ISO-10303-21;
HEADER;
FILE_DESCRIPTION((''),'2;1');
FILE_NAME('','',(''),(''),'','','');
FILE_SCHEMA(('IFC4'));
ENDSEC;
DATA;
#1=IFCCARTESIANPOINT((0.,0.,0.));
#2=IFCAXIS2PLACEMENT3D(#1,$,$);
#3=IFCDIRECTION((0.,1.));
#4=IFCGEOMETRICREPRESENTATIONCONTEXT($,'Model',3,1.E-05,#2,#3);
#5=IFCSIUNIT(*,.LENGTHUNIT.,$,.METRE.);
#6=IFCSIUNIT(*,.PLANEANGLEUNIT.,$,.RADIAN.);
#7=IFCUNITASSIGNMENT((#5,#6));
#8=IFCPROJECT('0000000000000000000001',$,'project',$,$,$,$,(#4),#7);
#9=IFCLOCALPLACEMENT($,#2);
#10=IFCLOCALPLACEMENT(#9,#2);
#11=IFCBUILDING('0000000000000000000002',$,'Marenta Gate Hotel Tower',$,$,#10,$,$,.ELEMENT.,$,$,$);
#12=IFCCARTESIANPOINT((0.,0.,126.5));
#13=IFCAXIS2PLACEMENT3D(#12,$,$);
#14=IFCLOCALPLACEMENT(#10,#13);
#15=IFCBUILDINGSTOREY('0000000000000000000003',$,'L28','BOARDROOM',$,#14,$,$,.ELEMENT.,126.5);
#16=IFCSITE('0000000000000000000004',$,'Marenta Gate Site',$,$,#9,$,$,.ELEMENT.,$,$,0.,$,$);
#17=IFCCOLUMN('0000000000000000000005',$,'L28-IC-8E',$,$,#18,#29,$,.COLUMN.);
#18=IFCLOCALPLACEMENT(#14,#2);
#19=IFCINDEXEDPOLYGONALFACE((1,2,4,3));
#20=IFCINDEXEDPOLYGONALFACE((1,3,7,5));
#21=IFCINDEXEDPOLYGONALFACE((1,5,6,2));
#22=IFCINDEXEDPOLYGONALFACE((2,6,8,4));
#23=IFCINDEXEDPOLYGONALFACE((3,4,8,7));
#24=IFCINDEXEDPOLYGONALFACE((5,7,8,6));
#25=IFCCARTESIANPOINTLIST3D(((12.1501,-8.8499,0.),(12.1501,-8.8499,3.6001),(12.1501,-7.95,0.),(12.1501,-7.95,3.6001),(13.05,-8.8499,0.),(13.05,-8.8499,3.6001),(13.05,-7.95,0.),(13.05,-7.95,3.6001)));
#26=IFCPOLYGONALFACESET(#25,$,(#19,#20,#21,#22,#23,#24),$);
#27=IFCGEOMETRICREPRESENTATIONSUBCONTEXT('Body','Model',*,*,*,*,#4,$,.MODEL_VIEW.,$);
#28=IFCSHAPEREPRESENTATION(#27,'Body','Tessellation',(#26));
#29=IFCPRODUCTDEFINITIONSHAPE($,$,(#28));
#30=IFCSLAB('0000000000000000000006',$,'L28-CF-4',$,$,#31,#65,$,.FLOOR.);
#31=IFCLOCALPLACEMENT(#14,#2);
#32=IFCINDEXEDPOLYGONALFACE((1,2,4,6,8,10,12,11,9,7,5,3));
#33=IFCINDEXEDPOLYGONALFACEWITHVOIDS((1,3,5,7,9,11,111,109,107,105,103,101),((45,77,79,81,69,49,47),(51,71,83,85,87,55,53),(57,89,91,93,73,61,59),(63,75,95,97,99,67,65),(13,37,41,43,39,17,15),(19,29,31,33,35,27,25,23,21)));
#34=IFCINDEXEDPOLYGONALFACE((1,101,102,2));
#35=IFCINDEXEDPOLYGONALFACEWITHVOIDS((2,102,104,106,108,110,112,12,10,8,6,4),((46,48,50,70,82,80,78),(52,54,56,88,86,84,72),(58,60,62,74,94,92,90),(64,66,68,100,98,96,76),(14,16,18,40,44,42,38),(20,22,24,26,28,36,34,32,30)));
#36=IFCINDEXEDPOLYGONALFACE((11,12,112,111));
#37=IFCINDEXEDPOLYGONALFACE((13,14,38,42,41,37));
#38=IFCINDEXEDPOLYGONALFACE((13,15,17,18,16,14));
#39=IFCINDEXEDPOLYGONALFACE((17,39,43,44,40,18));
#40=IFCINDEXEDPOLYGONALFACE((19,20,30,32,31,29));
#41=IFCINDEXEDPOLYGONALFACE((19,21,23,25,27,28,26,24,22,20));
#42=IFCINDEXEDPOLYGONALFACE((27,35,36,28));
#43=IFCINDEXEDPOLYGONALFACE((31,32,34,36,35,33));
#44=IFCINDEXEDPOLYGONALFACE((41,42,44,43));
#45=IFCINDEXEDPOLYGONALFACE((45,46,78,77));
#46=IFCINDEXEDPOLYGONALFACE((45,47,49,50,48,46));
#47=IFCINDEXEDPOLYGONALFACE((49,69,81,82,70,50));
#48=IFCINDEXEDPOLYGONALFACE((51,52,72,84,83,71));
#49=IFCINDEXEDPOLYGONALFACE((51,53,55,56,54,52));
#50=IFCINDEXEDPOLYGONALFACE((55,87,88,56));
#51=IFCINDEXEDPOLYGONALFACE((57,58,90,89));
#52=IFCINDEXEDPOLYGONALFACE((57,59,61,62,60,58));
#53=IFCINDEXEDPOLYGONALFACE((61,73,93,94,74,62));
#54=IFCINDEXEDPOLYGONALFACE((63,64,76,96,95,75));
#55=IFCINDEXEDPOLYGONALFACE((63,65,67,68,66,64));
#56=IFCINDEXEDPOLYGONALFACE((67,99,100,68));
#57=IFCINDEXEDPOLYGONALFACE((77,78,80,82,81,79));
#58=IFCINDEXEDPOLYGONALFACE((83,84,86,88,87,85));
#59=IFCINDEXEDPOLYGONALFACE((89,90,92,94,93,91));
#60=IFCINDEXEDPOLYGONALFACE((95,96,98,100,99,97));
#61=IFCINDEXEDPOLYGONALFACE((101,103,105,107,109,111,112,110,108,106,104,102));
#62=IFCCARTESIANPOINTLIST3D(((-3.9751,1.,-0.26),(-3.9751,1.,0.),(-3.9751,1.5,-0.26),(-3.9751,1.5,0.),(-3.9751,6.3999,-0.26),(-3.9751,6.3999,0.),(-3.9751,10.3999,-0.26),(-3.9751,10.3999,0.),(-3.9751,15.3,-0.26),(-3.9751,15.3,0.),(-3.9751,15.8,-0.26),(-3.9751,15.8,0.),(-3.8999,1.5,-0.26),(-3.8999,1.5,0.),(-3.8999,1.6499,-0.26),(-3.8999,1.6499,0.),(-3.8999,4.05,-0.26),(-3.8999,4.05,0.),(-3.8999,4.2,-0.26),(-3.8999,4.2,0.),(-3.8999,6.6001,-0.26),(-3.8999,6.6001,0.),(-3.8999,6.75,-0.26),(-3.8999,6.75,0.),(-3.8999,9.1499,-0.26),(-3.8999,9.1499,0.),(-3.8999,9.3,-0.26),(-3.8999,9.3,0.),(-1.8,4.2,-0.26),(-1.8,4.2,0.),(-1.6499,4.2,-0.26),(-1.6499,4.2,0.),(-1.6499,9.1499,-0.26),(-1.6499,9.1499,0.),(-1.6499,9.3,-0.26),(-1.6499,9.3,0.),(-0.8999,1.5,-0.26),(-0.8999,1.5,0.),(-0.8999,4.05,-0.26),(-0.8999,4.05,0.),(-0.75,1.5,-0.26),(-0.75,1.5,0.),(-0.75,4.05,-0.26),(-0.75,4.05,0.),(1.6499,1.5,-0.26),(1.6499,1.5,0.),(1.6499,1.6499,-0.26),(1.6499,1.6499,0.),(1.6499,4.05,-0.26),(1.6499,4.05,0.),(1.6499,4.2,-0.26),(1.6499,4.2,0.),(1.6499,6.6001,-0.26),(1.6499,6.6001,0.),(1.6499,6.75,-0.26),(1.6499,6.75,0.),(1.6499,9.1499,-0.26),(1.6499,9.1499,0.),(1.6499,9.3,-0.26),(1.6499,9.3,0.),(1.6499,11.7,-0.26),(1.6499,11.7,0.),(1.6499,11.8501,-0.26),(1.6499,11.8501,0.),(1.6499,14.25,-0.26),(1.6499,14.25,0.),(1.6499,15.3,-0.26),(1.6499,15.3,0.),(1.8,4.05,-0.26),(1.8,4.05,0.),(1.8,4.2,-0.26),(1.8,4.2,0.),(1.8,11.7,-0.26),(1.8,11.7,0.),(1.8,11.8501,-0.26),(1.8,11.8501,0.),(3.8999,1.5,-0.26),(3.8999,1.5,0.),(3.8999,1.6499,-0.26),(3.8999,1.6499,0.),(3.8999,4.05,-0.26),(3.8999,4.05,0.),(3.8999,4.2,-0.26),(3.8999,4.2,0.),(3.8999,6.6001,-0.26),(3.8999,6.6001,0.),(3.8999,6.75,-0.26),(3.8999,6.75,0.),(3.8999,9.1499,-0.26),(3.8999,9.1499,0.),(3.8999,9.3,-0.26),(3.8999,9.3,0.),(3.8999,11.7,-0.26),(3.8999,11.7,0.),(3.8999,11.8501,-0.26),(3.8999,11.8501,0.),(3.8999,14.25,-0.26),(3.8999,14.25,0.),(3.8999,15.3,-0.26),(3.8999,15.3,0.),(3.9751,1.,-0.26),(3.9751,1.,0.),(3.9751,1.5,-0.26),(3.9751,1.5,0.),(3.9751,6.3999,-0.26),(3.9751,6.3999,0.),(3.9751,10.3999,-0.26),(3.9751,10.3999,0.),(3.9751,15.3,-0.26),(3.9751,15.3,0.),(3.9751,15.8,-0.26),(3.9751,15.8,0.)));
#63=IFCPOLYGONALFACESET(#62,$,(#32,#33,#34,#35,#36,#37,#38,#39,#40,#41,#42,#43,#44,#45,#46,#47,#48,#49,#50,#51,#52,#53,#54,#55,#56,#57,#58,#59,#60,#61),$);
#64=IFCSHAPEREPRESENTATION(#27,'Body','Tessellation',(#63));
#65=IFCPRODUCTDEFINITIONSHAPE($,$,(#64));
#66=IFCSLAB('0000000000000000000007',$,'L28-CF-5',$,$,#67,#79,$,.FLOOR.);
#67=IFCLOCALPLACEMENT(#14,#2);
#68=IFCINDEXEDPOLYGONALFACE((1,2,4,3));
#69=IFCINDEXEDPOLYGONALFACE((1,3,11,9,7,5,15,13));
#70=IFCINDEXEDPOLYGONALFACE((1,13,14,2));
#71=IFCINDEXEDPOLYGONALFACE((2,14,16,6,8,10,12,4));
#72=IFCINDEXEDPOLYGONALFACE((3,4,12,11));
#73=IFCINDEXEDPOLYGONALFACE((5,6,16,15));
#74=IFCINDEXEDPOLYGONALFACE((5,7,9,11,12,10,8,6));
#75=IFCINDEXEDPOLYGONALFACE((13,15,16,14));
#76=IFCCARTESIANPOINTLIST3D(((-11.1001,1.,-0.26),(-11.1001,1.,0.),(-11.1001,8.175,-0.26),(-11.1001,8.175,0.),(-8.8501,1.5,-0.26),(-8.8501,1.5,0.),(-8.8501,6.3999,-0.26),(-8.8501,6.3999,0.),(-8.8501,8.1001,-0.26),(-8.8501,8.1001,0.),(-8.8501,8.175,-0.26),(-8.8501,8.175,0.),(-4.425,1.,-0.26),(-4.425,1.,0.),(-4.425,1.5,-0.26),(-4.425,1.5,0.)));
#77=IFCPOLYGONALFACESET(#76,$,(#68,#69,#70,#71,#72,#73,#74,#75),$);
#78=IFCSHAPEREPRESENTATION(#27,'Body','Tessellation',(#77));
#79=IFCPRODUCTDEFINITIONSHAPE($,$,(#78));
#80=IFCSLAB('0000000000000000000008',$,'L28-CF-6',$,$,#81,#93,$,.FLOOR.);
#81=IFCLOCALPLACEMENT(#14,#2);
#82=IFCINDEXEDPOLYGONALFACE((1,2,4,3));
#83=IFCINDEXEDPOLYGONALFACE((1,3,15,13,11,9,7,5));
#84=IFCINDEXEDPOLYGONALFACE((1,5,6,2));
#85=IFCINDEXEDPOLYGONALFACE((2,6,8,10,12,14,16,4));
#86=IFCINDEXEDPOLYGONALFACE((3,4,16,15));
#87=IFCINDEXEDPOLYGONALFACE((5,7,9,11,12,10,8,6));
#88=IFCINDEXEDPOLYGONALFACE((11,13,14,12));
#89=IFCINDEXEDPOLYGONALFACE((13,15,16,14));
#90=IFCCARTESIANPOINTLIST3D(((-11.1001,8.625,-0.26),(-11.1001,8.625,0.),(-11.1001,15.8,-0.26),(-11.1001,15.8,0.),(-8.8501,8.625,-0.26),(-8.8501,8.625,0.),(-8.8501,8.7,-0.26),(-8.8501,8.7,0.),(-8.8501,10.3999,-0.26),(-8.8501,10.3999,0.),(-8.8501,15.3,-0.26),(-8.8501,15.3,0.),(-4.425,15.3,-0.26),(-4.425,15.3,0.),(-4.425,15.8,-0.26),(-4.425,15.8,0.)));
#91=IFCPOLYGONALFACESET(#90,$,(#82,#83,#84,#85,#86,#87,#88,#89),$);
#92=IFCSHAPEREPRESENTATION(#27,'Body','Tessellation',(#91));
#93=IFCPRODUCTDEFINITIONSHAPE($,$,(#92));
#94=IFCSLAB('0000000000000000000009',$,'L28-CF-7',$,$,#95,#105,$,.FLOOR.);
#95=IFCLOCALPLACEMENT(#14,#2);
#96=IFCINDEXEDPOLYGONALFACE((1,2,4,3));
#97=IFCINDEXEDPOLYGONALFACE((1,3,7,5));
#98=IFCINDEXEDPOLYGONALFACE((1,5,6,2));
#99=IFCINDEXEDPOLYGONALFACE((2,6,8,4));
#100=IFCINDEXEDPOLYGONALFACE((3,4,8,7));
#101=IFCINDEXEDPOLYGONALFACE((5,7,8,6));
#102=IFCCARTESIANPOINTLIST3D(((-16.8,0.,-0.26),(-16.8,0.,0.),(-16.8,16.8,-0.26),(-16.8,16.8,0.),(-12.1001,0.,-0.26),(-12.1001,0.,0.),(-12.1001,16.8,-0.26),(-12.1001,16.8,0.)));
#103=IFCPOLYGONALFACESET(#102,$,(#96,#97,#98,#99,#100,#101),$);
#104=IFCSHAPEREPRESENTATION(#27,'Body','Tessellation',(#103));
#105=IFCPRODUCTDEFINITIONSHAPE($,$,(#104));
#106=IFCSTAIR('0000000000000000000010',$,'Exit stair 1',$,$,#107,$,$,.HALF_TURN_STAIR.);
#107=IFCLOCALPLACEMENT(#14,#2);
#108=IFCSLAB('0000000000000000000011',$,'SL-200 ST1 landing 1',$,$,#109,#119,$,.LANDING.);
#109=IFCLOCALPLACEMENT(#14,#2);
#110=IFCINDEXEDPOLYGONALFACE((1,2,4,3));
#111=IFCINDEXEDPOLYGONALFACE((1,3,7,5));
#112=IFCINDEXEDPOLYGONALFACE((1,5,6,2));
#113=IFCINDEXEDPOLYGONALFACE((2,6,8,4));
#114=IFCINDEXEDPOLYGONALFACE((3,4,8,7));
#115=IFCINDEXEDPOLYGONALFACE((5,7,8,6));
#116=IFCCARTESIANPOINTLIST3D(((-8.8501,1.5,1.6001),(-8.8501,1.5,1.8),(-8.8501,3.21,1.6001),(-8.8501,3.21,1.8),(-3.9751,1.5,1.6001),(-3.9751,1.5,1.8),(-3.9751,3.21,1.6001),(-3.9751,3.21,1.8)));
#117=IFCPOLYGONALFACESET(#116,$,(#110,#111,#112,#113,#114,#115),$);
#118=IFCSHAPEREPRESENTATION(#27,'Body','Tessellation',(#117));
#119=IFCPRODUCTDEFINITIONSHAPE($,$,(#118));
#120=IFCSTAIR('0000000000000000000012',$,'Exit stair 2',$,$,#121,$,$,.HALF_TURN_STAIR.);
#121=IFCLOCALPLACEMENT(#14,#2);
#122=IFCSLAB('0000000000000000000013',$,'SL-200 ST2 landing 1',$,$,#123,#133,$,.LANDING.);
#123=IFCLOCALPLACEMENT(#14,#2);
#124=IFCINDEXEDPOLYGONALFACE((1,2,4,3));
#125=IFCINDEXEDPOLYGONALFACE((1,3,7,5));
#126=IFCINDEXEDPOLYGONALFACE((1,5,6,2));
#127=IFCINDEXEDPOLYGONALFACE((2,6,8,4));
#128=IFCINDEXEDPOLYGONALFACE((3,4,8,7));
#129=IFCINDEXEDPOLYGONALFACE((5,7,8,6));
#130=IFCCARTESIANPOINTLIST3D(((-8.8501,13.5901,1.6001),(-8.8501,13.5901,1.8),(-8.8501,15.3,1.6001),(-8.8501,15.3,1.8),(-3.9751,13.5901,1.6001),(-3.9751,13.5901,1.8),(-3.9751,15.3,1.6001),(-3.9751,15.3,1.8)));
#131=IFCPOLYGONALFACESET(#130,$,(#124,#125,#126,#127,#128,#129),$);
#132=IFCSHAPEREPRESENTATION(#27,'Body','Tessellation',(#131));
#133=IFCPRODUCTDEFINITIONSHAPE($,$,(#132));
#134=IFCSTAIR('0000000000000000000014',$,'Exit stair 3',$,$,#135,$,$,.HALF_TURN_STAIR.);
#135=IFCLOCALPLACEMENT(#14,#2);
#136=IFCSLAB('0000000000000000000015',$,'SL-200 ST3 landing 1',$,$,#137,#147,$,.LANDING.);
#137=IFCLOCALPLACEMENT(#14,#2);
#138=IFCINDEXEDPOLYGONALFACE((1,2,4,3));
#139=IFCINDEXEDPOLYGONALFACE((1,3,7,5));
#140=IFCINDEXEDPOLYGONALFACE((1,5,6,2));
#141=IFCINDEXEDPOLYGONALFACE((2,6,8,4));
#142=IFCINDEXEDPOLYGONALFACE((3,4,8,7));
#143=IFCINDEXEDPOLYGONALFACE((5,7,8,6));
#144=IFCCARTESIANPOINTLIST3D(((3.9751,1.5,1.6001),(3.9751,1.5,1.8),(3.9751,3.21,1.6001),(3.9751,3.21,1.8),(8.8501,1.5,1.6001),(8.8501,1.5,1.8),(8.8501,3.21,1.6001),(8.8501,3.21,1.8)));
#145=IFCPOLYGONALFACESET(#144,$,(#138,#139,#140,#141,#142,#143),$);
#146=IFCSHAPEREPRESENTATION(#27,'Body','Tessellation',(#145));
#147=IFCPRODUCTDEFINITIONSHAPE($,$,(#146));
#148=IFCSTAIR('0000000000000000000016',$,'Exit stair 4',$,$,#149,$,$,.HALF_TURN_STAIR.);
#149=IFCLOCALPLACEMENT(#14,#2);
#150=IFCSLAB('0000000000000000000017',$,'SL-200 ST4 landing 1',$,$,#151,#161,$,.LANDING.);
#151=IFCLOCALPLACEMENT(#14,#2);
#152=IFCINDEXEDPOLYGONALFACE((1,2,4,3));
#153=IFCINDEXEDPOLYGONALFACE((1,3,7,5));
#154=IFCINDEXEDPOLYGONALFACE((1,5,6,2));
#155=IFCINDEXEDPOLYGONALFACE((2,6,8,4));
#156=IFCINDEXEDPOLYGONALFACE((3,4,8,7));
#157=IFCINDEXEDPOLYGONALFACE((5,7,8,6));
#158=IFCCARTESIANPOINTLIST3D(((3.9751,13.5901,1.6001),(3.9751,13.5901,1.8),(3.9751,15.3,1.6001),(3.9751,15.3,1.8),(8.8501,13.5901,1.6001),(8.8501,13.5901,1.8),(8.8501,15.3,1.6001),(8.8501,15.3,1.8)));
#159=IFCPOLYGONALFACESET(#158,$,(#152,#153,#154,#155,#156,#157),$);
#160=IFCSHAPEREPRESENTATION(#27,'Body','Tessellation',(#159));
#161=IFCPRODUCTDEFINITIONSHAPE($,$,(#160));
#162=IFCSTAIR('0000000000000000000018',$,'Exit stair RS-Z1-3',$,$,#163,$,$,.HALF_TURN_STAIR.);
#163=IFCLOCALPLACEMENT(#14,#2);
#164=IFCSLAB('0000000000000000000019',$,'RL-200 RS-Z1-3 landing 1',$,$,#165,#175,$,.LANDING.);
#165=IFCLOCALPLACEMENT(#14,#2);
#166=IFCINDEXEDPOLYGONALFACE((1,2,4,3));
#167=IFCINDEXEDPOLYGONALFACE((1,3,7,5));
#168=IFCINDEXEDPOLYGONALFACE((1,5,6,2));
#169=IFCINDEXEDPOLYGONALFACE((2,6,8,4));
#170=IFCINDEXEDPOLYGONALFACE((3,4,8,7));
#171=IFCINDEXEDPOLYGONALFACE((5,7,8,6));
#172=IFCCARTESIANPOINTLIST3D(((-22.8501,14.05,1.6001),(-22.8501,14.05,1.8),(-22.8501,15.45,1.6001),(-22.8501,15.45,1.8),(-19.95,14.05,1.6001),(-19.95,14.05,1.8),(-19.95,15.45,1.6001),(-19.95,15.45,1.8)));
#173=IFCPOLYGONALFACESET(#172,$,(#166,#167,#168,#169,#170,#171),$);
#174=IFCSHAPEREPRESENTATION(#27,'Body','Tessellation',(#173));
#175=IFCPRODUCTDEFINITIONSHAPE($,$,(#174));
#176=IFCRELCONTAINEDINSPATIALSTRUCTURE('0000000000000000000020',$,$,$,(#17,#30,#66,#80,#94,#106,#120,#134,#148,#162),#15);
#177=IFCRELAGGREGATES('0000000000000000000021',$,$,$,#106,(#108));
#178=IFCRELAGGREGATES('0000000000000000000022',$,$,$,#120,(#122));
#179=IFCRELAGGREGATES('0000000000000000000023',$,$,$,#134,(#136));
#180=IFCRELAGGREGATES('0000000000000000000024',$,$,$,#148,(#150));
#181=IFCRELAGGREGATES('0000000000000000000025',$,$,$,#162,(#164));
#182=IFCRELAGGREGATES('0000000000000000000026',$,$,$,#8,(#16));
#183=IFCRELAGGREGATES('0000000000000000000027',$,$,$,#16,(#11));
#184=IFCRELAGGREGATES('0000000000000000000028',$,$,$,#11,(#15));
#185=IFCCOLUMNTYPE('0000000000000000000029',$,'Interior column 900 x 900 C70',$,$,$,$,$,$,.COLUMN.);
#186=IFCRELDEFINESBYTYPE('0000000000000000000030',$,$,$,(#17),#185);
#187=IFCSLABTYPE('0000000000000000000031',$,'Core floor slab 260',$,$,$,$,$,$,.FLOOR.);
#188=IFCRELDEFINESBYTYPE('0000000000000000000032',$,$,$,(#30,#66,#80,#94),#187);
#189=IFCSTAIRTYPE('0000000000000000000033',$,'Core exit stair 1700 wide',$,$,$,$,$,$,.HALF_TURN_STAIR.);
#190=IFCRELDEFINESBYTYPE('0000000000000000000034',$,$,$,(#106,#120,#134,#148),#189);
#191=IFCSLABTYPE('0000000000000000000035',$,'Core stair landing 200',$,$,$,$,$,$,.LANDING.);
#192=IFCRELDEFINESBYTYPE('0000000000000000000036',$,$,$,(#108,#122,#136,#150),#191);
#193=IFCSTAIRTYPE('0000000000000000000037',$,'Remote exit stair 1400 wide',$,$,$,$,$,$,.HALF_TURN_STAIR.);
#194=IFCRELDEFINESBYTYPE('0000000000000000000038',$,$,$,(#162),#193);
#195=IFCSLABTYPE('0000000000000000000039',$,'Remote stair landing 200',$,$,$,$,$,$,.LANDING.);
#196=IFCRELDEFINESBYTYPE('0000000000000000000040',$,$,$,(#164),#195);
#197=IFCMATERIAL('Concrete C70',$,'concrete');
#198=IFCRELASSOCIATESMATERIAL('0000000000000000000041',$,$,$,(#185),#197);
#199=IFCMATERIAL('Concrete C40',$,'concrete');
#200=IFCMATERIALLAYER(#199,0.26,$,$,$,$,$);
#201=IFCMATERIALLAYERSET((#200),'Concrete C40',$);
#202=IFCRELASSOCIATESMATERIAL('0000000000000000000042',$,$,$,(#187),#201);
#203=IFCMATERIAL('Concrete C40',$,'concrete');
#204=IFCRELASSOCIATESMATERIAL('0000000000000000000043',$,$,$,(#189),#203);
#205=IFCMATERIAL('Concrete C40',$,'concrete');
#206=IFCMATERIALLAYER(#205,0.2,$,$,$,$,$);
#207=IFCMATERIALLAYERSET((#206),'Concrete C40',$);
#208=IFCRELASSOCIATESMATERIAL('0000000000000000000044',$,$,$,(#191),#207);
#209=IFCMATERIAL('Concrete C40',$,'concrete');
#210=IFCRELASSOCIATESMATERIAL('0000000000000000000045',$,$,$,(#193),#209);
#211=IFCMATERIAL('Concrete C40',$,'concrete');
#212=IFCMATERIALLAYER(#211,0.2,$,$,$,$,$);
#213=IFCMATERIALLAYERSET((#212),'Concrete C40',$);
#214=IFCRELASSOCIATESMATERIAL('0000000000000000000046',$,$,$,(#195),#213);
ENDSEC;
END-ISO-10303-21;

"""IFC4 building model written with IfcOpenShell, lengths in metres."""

from ifc_helpers import new_model, si_unit, direction, frame, origin, origin_2d, place, context, subcontext, project, spatial, polyline, rectangle, outline, extrude, material, layer, layer_set, material_profile, profile_set, type_object, element, aggregate, save


model = new_model("IFC4")

# Units and contexts
model_context = context("Model", 3, precision=1e-05, world=origin(), true_north=direction((0.0, 1.0)))
body_context = subcontext(model_context, "Body", "Model", "MODEL_VIEW")
ifc_project = project(units=[si_unit("LENGTHUNIT", "METRE"), si_unit("PLANEANGLEUNIT", "RADIAN")], contexts=[model_context])

# Site, building, storey
site_placement = place(None, origin())
site = spatial("IfcSite", under=ifc_project, at=site_placement, Name="Marenta Gate Site", CompositionType="ELEMENT", RefElevation=0.0)
building_placement = place(site_placement, origin())
building = spatial("IfcBuilding", under=site, at=building_placement, Name="Marenta Gate Hotel Tower", CompositionType="ELEMENT")
storey_placement = place(building_placement, frame((0.0, 0.0, 126.5)))
storey = spatial("IfcBuildingStorey", under=building, at=storey_placement, Name="L28", Description="BOARDROOM", CompositionType="ELEMENT", Elevation=126.5)

# Column
ifc_material_1 = material(Name="Concrete C70", Category="concrete")
ifc_material_profile = material_profile(ifc_material_1, rectangle(XDim=0.8999, YDim=0.8999, at=origin_2d()), Name="900 x 900")
ifc_profile_set = profile_set([ifc_material_profile], Name="Concrete C70")
column_type = type_object("IfcColumnType", Name="Interior column 900 x 900 C70", PredefinedType="COLUMN", material=ifc_profile_set)
column_placement = place(storey_placement, frame((12.6001, -8.3999, 0.0), z_axis=(0.0, 0.0, 1.0), x_axis=(1.0, 0.0, 0.0)))
element("IfcColumn", 1, at=column_placement, inside=storey, type_object=column_type, Name="L28-IC-8E", PredefinedType="COLUMN", context=body_context, shape_type="SweptSolid", body=[
    extrude(rectangle(XDim=0.8999, YDim=0.8999, at=origin_2d()), origin(), (0.0, 0.0, 1.0), 3.6001),
])

# Slabs
ifc_material_2 = material(Name="Concrete C40", Category="concrete")
ifc_layer_1 = layer(ifc_material_2, 0.26)
ifc_layer_set_1 = layer_set([ifc_layer_1], Name="Concrete C40")
slab_type_1 = type_object("IfcSlabType", Name="Core floor slab 260", PredefinedType="FLOOR", material=ifc_layer_set_1)
slab_1_placement = place(storey_placement, frame((0.0, 0.0, -0.26)))
element("IfcSlab", 2, at=slab_1_placement, inside=storey, type_object=slab_type_1, Name="L28-CF-4", PredefinedType="FLOOR", context=body_context, shape_type="SweptSolid", body=[
    extrude(outline(polyline([(3.9751, 15.3), (3.9751, 10.3999), (3.9751, 6.3999), (3.9751, 1.5), (3.9751, 1.0), (-3.9751, 1.0), (-3.9751, 1.5), (-3.9751, 6.3999), (-3.9751, 10.3999), (-3.9751, 15.3), (-3.9751, 15.8), (3.9751, 15.8), (3.9751, 15.3)]), holes=[polyline([(1.6499, 1.5), (3.8999, 1.5), (3.8999, 1.6499), (3.8999, 4.05), (1.8, 4.05), (1.6499, 4.05), (1.6499, 1.6499), (1.6499, 1.5)]), polyline([(1.6499, 6.6001), (1.6499, 4.2), (1.8, 4.2), (3.8999, 4.2), (3.8999, 6.6001), (3.8999, 6.75), (1.6499, 6.75), (1.6499, 6.6001)]), polyline([(1.6499, 9.1499), (3.8999, 9.1499), (3.8999, 9.3), (3.8999, 11.7), (1.8, 11.7), (1.6499, 11.7), (1.6499, 9.3), (1.6499, 9.1499)]), polyline([(1.6499, 15.3), (1.6499, 14.25), (1.6499, 11.8501), (1.8, 11.8501), (3.8999, 11.8501), (3.8999, 14.25), (3.8999, 15.3), (1.6499, 15.3)]), polyline([(-3.8999, 4.05), (-3.8999, 1.6499), (-3.8999, 1.5), (-0.8999, 1.5), (-0.75, 1.5), (-0.75, 4.05), (-0.8999, 4.05), (-3.8999, 4.05)]), polyline([(-1.8, 4.2), (-1.6499, 4.2), (-1.6499, 9.1499), (-1.6499, 9.3), (-3.8999, 9.3), (-3.8999, 9.1499), (-3.8999, 6.75), (-3.8999, 6.6001), (-3.8999, 4.2), (-1.8, 4.2)])]), origin(), (0.0, 0.0, 1.0), 0.26),
])
slab_2_placement = place(storey_placement, frame((0.0, 0.0, -0.26)))
element("IfcSlab", 3, at=slab_2_placement, inside=storey, type_object=slab_type_1, Name="L28-CF-5", PredefinedType="FLOOR", context=body_context, shape_type="SweptSolid", body=[
    extrude(outline(polyline([(-8.8501, 8.175), (-8.8501, 8.1001), (-8.8501, 6.3999), (-8.8501, 1.5), (-4.425, 1.5), (-4.425, 1.0), (-11.1001, 1.0), (-11.1001, 8.175), (-8.8501, 8.175)])), origin(), (0.0, 0.0, 1.0), 0.26),
])
slab_3_placement = place(storey_placement, frame((0.0, 0.0, -0.26)))
element("IfcSlab", 4, at=slab_3_placement, inside=storey, type_object=slab_type_1, Name="L28-CF-6", PredefinedType="FLOOR", context=body_context, shape_type="SweptSolid", body=[
    extrude(outline(polyline([(-4.425, 15.3), (-8.8501, 15.3), (-8.8501, 10.3999), (-8.8501, 8.7), (-8.8501, 8.625), (-11.1001, 8.625), (-11.1001, 15.8), (-4.425, 15.8), (-4.425, 15.3)])), origin(), (0.0, 0.0, 1.0), 0.26),
])
slab_4_placement = place(storey_placement, frame((0.0, 0.0, -0.26)))
element("IfcSlab", 5, at=slab_4_placement, inside=storey, type_object=slab_type_1, Name="L28-CF-7", PredefinedType="FLOOR", context=body_context, shape_type="SweptSolid", body=[
    extrude(outline(polyline([(-12.1001, 16.8), (-12.1001, 0.0), (-16.8, 0.0), (-16.8, 16.8), (-12.1001, 16.8)])), origin(), (0.0, 0.0, 1.0), 0.26),
])

# Stairs, slabs
ifc_material_3 = material(Name="Concrete C40", Category="concrete")
stair_type_1 = type_object("IfcStairType", Name="Core exit stair 1700 wide", PredefinedType="HALF_TURN_STAIR", material=ifc_material_3)
stair_1_placement = place(storey_placement, origin())
stair_1 = element("IfcStair", 6, at=stair_1_placement, inside=storey, type_object=stair_type_1, Name="Exit stair 1", PredefinedType="HALF_TURN_STAIR")
ifc_material_4 = material(Name="Concrete C40", Category="concrete")
ifc_layer_2 = layer(ifc_material_4, 0.2)
ifc_layer_set_2 = layer_set([ifc_layer_2], Name="Concrete C40")
slab_type_2 = type_object("IfcSlabType", Name="Core stair landing 200", PredefinedType="LANDING", material=ifc_layer_set_2)
slab_5_placement = place(storey_placement, frame((0.0, 0.0, 1.6001)))
slab_5 = element("IfcSlab", 7, at=slab_5_placement, type_object=slab_type_2, Name="SL-200 ST1 landing 1", PredefinedType="LANDING", context=body_context, shape_type="SweptSolid", body=[
    extrude(outline(polyline([(-8.8501, 1.5), (-3.9751, 1.5), (-3.9751, 3.21), (-8.8501, 3.21), (-8.8501, 1.5)])), origin(), (0.0, 0.0, 1.0), 0.2),
])
aggregate(stair_1, [slab_5])
stair_2_placement = place(storey_placement, origin())
stair_2 = element("IfcStair", 8, at=stair_2_placement, inside=storey, type_object=stair_type_1, Name="Exit stair 2", PredefinedType="HALF_TURN_STAIR")
slab_6_placement = place(storey_placement, frame((0.0, 0.0, 1.6001)))
slab_6 = element("IfcSlab", 9, at=slab_6_placement, type_object=slab_type_2, Name="SL-200 ST2 landing 1", PredefinedType="LANDING", context=body_context, shape_type="SweptSolid", body=[
    extrude(outline(polyline([(-8.8501, 13.5901), (-3.9751, 13.5901), (-3.9751, 15.3), (-8.8501, 15.3), (-8.8501, 13.5901)])), origin(), (0.0, 0.0, 1.0), 0.2),
])
aggregate(stair_2, [slab_6])
stair_3_placement = place(storey_placement, origin())
stair_3 = element("IfcStair", 10, at=stair_3_placement, inside=storey, type_object=stair_type_1, Name="Exit stair 3", PredefinedType="HALF_TURN_STAIR")
slab_7_placement = place(storey_placement, frame((0.0, 0.0, 1.6001)))
slab_7 = element("IfcSlab", 11, at=slab_7_placement, type_object=slab_type_2, Name="SL-200 ST3 landing 1", PredefinedType="LANDING", context=body_context, shape_type="SweptSolid", body=[
    extrude(outline(polyline([(3.9751, 1.5), (8.8501, 1.5), (8.8501, 3.21), (3.9751, 3.21), (3.9751, 1.5)])), origin(), (0.0, 0.0, 1.0), 0.2),
])
aggregate(stair_3, [slab_7])
stair_4_placement = place(storey_placement, origin())
stair_4 = element("IfcStair", 12, at=stair_4_placement, inside=storey, type_object=stair_type_1, Name="Exit stair 4", PredefinedType="HALF_TURN_STAIR")
slab_8_placement = place(storey_placement, frame((0.0, 0.0, 1.6001)))
slab_8 = element("IfcSlab", 13, at=slab_8_placement, type_object=slab_type_2, Name="SL-200 ST4 landing 1", PredefinedType="LANDING", context=body_context, shape_type="SweptSolid", body=[
    extrude(outline(polyline([(3.9751, 13.5901), (8.8501, 13.5901), (8.8501, 15.3), (3.9751, 15.3), (3.9751, 13.5901)])), origin(), (0.0, 0.0, 1.0), 0.2),
])
aggregate(stair_4, [slab_8])
ifc_material_5 = material(Name="Concrete C40", Category="concrete")
stair_type_2 = type_object("IfcStairType", Name="Remote exit stair 1400 wide", PredefinedType="HALF_TURN_STAIR", material=ifc_material_5)
stair_5_placement = place(storey_placement, origin())
stair_5 = element("IfcStair", 14, at=stair_5_placement, inside=storey, type_object=stair_type_2, Name="Exit stair RS-Z1-3", PredefinedType="HALF_TURN_STAIR")
ifc_material_6 = material(Name="Concrete C40", Category="concrete")
ifc_layer_3 = layer(ifc_material_6, 0.2)
ifc_layer_set_3 = layer_set([ifc_layer_3], Name="Concrete C40")
slab_type_3 = type_object("IfcSlabType", Name="Remote stair landing 200", PredefinedType="LANDING", material=ifc_layer_set_3)
slab_9_placement = place(storey_placement, frame((0.0, 0.0, 1.6001)))
slab_9 = element("IfcSlab", 15, at=slab_9_placement, type_object=slab_type_3, Name="RL-200 RS-Z1-3 landing 1", PredefinedType="LANDING", context=body_context, shape_type="SweptSolid", body=[
    extrude(outline(polyline([(-22.8501, 14.05), (-19.95, 14.05), (-19.95, 15.45), (-22.8501, 15.45), (-22.8501, 14.05)])), origin(), (0.0, 0.0, 1.0), 0.2),
])
aggregate(stair_5, [slab_9])

save(model, "model.ifc")
